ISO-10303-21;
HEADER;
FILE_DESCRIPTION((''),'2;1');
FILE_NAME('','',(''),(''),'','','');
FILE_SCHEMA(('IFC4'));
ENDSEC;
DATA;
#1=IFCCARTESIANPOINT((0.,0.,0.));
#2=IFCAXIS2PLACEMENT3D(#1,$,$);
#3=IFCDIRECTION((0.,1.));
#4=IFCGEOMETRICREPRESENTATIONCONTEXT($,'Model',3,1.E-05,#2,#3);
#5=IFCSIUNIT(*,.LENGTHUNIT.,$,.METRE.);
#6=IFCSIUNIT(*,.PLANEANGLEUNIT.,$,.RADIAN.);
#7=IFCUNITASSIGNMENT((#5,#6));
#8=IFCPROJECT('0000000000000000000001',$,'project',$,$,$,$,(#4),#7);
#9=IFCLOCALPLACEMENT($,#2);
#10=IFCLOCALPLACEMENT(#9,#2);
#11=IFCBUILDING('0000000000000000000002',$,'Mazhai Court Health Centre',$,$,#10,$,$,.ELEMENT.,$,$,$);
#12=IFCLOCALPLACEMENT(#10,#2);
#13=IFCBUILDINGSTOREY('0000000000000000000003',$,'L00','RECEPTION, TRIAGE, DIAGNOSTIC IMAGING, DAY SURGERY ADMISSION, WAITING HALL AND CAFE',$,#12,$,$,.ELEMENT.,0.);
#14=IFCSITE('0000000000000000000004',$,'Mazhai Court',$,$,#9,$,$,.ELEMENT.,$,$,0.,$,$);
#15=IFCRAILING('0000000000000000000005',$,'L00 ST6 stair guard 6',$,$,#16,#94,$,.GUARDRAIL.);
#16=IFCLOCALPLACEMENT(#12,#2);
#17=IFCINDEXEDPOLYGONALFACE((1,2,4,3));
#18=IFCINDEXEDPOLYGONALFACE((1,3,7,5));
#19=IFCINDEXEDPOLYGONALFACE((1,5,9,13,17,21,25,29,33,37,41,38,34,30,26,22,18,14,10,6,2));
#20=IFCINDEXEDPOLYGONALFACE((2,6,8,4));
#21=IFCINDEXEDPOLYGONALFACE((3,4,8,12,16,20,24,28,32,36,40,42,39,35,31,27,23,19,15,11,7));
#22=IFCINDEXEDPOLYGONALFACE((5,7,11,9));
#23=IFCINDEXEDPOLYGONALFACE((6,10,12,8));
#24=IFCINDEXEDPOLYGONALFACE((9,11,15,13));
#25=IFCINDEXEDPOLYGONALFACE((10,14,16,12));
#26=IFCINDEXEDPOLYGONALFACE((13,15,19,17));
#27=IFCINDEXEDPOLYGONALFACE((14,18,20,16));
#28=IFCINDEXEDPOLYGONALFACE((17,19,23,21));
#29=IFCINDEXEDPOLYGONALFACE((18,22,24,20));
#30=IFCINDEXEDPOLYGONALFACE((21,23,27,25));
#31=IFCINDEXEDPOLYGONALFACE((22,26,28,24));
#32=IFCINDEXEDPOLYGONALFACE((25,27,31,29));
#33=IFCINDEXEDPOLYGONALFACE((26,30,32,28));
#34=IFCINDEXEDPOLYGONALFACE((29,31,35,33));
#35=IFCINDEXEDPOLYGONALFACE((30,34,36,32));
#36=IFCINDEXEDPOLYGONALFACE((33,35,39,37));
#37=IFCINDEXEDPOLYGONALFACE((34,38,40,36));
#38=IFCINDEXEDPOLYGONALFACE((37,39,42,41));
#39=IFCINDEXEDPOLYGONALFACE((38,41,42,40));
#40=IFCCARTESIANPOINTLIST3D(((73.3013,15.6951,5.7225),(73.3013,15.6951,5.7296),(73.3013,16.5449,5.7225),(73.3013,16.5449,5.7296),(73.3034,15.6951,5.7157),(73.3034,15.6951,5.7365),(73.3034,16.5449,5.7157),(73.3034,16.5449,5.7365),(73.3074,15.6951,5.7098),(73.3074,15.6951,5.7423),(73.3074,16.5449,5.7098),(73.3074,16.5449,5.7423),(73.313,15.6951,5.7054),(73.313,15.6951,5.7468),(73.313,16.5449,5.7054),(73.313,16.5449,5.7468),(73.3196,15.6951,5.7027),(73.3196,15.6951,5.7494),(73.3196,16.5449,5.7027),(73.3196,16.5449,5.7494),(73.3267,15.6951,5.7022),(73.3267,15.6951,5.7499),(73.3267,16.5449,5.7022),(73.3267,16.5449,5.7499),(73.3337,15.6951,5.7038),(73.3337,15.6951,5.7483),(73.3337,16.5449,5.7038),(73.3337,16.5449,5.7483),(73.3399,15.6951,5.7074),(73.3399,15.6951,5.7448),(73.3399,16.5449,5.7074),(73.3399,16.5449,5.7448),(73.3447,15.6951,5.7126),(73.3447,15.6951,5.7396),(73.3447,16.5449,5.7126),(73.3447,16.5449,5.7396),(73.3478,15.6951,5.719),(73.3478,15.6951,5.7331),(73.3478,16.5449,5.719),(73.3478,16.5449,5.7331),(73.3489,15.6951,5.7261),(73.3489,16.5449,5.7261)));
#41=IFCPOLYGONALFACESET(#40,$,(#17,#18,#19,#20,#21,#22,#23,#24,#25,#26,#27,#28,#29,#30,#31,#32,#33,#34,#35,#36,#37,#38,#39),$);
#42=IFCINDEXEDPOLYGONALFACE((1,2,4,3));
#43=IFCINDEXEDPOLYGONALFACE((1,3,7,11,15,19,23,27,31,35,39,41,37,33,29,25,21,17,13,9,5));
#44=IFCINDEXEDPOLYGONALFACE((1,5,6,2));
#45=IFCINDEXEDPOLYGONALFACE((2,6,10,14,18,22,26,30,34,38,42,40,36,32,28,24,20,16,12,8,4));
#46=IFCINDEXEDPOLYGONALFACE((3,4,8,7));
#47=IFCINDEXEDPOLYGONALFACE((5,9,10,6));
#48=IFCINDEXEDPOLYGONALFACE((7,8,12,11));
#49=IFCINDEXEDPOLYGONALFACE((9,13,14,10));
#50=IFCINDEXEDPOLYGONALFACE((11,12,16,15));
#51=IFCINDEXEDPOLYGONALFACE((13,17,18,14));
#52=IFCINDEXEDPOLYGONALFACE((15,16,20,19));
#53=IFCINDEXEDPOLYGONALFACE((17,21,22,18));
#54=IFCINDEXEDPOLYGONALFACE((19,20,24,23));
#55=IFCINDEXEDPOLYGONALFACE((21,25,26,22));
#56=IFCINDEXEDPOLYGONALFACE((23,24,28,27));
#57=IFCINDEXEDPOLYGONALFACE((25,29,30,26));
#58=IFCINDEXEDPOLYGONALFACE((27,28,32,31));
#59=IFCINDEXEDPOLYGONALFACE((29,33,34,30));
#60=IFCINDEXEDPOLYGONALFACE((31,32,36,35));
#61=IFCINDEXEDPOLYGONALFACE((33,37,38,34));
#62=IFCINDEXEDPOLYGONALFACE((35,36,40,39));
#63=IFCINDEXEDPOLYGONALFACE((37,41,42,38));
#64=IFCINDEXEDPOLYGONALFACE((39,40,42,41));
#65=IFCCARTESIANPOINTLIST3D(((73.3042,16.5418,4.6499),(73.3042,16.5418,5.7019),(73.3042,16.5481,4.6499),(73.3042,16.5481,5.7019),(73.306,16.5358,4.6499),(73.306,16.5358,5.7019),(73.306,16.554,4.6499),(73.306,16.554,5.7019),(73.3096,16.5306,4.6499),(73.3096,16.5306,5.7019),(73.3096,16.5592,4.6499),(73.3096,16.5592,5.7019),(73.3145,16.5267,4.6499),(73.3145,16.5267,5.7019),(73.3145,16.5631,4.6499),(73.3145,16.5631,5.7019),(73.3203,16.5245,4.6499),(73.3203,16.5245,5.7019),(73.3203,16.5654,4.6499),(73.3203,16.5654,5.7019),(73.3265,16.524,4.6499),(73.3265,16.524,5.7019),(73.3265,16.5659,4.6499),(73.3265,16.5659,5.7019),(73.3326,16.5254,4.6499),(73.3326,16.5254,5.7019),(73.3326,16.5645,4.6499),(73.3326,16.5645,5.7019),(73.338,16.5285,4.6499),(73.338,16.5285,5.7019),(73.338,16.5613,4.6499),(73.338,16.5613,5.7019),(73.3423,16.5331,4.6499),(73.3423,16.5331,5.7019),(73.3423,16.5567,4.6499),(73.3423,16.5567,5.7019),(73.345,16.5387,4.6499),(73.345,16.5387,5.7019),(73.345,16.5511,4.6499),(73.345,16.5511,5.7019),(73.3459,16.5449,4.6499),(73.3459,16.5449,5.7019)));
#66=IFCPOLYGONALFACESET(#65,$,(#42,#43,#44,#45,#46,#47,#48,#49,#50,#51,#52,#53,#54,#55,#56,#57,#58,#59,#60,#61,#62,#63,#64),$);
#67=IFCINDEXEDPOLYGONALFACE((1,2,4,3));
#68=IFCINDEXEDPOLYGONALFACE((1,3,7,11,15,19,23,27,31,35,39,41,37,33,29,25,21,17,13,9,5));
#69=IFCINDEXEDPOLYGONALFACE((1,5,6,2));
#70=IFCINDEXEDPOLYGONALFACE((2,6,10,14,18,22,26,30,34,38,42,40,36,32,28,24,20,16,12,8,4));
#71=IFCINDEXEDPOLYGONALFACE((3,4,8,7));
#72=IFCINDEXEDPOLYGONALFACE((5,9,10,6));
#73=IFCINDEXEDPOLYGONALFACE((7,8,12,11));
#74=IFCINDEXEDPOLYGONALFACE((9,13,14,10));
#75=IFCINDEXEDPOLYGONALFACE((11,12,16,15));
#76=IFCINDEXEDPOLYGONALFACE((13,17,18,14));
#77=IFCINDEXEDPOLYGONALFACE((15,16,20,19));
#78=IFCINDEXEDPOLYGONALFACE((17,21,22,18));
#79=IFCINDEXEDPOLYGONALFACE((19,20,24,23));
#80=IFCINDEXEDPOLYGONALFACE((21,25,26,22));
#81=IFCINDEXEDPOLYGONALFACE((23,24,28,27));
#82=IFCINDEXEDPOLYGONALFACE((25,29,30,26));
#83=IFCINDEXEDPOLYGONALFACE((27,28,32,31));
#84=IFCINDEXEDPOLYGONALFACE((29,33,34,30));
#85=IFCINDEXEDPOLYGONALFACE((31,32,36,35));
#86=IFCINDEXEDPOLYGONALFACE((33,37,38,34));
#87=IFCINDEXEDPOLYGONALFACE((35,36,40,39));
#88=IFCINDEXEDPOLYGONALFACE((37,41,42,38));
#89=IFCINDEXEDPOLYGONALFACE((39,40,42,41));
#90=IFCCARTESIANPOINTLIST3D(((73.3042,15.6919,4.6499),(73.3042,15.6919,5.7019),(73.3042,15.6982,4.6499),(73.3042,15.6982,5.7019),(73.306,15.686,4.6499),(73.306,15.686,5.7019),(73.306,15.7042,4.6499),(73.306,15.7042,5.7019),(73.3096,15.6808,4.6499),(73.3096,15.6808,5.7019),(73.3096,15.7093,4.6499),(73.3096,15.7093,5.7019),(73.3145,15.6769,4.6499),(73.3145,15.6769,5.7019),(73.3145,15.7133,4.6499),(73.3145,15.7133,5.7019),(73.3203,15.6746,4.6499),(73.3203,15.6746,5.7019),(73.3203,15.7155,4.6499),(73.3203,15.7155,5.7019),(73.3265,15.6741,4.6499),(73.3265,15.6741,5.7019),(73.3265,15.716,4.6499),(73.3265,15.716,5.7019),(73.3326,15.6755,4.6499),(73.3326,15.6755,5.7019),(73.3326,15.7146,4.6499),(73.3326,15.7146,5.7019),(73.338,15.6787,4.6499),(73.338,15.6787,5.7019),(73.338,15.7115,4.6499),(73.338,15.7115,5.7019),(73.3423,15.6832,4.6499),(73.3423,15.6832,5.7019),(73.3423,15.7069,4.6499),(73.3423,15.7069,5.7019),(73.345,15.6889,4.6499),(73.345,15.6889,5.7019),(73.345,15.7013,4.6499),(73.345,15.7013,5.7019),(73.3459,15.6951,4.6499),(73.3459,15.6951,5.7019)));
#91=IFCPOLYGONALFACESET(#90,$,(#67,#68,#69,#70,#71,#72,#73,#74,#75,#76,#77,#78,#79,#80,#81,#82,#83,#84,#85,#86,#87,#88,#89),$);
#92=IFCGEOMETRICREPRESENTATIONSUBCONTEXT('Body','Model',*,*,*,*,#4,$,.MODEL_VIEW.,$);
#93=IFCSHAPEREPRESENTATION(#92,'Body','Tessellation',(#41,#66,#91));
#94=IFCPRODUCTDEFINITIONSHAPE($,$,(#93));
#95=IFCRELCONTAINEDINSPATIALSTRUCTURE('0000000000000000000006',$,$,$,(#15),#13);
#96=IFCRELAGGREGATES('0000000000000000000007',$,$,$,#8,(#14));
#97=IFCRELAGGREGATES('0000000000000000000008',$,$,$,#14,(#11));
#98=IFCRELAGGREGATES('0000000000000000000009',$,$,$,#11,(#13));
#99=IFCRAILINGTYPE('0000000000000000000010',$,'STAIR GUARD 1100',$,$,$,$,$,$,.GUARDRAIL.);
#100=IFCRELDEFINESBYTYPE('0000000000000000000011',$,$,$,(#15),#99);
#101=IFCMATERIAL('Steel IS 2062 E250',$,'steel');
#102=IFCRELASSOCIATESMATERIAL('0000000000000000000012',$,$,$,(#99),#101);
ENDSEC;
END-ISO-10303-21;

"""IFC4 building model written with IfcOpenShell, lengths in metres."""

from ifc_helpers import new_model, si_unit, direction, frame, origin, origin_2d, place, context, subcontext, project, spatial, circle, extrude, material, type_object, element, save


model = new_model("IFC4")

# Units and contexts
model_context = context("Model", 3, precision=1e-05, world=origin(), true_north=direction((0.0, 1.0)))
body_context = subcontext(model_context, "Body", "Model", "MODEL_VIEW")
ifc_project = project(units=[si_unit("LENGTHUNIT", "METRE"), si_unit("PLANEANGLEUNIT", "RADIAN")], contexts=[model_context])

# Site, building, storey
site_placement = place(None, origin())
site = spatial("IfcSite", under=ifc_project, at=site_placement, Name="Mazhai Court", CompositionType="ELEMENT", RefElevation=0.0)
building_placement = place(site_placement, origin())
building = spatial("IfcBuilding", under=site, at=building_placement, Name="Mazhai Court Health Centre", CompositionType="ELEMENT")
storey_placement = place(building_placement, origin())
storey = spatial("IfcBuildingStorey", under=building, at=storey_placement, Name="L00", Description="RECEPTION, TRIAGE, DIAGNOSTIC IMAGING, DAY SURGERY ADMISSION, WAITING HALL AND CAFE", CompositionType="ELEMENT", Elevation=0.0)

# Railing
ifc_material_1 = material(Name="Steel IS 2062 E250", Category="steel")
railing_type_1 = type_object("IfcRailingType", Name="STAIR GUARD 1100", PredefinedType="GUARDRAIL", material=ifc_material_1)
railing_1_placement = place(storey_placement, frame((73.325, 16.5449, 4.6499)))
element("IfcRailing", 1, at=railing_1_placement, inside=storey, type_object=railing_type_1, Name="L00 ST6 stair guard 6", PredefinedType="GUARDRAIL", context=body_context, shape_type="SweptSolid", body=[
    extrude(circle(Radius=0.0239, at=origin_2d()), frame((0.0, 0.0, 1.0762), z_axis=(0.0, -1.0, 0.0), x_axis=(1.0, 0.0, 0.0)), (0.0, 0.0, 1.0), 0.8499),
    extrude(circle(Radius=0.021, at=origin_2d()), origin(), (0.0, 0.0, 1.0), 1.052),
    extrude(circle(Radius=0.021, at=origin_2d()), frame((0.0, -0.8499, 0.0)), (0.0, 0.0, 1.0), 1.052),
])

save(model, "model.ifc")
